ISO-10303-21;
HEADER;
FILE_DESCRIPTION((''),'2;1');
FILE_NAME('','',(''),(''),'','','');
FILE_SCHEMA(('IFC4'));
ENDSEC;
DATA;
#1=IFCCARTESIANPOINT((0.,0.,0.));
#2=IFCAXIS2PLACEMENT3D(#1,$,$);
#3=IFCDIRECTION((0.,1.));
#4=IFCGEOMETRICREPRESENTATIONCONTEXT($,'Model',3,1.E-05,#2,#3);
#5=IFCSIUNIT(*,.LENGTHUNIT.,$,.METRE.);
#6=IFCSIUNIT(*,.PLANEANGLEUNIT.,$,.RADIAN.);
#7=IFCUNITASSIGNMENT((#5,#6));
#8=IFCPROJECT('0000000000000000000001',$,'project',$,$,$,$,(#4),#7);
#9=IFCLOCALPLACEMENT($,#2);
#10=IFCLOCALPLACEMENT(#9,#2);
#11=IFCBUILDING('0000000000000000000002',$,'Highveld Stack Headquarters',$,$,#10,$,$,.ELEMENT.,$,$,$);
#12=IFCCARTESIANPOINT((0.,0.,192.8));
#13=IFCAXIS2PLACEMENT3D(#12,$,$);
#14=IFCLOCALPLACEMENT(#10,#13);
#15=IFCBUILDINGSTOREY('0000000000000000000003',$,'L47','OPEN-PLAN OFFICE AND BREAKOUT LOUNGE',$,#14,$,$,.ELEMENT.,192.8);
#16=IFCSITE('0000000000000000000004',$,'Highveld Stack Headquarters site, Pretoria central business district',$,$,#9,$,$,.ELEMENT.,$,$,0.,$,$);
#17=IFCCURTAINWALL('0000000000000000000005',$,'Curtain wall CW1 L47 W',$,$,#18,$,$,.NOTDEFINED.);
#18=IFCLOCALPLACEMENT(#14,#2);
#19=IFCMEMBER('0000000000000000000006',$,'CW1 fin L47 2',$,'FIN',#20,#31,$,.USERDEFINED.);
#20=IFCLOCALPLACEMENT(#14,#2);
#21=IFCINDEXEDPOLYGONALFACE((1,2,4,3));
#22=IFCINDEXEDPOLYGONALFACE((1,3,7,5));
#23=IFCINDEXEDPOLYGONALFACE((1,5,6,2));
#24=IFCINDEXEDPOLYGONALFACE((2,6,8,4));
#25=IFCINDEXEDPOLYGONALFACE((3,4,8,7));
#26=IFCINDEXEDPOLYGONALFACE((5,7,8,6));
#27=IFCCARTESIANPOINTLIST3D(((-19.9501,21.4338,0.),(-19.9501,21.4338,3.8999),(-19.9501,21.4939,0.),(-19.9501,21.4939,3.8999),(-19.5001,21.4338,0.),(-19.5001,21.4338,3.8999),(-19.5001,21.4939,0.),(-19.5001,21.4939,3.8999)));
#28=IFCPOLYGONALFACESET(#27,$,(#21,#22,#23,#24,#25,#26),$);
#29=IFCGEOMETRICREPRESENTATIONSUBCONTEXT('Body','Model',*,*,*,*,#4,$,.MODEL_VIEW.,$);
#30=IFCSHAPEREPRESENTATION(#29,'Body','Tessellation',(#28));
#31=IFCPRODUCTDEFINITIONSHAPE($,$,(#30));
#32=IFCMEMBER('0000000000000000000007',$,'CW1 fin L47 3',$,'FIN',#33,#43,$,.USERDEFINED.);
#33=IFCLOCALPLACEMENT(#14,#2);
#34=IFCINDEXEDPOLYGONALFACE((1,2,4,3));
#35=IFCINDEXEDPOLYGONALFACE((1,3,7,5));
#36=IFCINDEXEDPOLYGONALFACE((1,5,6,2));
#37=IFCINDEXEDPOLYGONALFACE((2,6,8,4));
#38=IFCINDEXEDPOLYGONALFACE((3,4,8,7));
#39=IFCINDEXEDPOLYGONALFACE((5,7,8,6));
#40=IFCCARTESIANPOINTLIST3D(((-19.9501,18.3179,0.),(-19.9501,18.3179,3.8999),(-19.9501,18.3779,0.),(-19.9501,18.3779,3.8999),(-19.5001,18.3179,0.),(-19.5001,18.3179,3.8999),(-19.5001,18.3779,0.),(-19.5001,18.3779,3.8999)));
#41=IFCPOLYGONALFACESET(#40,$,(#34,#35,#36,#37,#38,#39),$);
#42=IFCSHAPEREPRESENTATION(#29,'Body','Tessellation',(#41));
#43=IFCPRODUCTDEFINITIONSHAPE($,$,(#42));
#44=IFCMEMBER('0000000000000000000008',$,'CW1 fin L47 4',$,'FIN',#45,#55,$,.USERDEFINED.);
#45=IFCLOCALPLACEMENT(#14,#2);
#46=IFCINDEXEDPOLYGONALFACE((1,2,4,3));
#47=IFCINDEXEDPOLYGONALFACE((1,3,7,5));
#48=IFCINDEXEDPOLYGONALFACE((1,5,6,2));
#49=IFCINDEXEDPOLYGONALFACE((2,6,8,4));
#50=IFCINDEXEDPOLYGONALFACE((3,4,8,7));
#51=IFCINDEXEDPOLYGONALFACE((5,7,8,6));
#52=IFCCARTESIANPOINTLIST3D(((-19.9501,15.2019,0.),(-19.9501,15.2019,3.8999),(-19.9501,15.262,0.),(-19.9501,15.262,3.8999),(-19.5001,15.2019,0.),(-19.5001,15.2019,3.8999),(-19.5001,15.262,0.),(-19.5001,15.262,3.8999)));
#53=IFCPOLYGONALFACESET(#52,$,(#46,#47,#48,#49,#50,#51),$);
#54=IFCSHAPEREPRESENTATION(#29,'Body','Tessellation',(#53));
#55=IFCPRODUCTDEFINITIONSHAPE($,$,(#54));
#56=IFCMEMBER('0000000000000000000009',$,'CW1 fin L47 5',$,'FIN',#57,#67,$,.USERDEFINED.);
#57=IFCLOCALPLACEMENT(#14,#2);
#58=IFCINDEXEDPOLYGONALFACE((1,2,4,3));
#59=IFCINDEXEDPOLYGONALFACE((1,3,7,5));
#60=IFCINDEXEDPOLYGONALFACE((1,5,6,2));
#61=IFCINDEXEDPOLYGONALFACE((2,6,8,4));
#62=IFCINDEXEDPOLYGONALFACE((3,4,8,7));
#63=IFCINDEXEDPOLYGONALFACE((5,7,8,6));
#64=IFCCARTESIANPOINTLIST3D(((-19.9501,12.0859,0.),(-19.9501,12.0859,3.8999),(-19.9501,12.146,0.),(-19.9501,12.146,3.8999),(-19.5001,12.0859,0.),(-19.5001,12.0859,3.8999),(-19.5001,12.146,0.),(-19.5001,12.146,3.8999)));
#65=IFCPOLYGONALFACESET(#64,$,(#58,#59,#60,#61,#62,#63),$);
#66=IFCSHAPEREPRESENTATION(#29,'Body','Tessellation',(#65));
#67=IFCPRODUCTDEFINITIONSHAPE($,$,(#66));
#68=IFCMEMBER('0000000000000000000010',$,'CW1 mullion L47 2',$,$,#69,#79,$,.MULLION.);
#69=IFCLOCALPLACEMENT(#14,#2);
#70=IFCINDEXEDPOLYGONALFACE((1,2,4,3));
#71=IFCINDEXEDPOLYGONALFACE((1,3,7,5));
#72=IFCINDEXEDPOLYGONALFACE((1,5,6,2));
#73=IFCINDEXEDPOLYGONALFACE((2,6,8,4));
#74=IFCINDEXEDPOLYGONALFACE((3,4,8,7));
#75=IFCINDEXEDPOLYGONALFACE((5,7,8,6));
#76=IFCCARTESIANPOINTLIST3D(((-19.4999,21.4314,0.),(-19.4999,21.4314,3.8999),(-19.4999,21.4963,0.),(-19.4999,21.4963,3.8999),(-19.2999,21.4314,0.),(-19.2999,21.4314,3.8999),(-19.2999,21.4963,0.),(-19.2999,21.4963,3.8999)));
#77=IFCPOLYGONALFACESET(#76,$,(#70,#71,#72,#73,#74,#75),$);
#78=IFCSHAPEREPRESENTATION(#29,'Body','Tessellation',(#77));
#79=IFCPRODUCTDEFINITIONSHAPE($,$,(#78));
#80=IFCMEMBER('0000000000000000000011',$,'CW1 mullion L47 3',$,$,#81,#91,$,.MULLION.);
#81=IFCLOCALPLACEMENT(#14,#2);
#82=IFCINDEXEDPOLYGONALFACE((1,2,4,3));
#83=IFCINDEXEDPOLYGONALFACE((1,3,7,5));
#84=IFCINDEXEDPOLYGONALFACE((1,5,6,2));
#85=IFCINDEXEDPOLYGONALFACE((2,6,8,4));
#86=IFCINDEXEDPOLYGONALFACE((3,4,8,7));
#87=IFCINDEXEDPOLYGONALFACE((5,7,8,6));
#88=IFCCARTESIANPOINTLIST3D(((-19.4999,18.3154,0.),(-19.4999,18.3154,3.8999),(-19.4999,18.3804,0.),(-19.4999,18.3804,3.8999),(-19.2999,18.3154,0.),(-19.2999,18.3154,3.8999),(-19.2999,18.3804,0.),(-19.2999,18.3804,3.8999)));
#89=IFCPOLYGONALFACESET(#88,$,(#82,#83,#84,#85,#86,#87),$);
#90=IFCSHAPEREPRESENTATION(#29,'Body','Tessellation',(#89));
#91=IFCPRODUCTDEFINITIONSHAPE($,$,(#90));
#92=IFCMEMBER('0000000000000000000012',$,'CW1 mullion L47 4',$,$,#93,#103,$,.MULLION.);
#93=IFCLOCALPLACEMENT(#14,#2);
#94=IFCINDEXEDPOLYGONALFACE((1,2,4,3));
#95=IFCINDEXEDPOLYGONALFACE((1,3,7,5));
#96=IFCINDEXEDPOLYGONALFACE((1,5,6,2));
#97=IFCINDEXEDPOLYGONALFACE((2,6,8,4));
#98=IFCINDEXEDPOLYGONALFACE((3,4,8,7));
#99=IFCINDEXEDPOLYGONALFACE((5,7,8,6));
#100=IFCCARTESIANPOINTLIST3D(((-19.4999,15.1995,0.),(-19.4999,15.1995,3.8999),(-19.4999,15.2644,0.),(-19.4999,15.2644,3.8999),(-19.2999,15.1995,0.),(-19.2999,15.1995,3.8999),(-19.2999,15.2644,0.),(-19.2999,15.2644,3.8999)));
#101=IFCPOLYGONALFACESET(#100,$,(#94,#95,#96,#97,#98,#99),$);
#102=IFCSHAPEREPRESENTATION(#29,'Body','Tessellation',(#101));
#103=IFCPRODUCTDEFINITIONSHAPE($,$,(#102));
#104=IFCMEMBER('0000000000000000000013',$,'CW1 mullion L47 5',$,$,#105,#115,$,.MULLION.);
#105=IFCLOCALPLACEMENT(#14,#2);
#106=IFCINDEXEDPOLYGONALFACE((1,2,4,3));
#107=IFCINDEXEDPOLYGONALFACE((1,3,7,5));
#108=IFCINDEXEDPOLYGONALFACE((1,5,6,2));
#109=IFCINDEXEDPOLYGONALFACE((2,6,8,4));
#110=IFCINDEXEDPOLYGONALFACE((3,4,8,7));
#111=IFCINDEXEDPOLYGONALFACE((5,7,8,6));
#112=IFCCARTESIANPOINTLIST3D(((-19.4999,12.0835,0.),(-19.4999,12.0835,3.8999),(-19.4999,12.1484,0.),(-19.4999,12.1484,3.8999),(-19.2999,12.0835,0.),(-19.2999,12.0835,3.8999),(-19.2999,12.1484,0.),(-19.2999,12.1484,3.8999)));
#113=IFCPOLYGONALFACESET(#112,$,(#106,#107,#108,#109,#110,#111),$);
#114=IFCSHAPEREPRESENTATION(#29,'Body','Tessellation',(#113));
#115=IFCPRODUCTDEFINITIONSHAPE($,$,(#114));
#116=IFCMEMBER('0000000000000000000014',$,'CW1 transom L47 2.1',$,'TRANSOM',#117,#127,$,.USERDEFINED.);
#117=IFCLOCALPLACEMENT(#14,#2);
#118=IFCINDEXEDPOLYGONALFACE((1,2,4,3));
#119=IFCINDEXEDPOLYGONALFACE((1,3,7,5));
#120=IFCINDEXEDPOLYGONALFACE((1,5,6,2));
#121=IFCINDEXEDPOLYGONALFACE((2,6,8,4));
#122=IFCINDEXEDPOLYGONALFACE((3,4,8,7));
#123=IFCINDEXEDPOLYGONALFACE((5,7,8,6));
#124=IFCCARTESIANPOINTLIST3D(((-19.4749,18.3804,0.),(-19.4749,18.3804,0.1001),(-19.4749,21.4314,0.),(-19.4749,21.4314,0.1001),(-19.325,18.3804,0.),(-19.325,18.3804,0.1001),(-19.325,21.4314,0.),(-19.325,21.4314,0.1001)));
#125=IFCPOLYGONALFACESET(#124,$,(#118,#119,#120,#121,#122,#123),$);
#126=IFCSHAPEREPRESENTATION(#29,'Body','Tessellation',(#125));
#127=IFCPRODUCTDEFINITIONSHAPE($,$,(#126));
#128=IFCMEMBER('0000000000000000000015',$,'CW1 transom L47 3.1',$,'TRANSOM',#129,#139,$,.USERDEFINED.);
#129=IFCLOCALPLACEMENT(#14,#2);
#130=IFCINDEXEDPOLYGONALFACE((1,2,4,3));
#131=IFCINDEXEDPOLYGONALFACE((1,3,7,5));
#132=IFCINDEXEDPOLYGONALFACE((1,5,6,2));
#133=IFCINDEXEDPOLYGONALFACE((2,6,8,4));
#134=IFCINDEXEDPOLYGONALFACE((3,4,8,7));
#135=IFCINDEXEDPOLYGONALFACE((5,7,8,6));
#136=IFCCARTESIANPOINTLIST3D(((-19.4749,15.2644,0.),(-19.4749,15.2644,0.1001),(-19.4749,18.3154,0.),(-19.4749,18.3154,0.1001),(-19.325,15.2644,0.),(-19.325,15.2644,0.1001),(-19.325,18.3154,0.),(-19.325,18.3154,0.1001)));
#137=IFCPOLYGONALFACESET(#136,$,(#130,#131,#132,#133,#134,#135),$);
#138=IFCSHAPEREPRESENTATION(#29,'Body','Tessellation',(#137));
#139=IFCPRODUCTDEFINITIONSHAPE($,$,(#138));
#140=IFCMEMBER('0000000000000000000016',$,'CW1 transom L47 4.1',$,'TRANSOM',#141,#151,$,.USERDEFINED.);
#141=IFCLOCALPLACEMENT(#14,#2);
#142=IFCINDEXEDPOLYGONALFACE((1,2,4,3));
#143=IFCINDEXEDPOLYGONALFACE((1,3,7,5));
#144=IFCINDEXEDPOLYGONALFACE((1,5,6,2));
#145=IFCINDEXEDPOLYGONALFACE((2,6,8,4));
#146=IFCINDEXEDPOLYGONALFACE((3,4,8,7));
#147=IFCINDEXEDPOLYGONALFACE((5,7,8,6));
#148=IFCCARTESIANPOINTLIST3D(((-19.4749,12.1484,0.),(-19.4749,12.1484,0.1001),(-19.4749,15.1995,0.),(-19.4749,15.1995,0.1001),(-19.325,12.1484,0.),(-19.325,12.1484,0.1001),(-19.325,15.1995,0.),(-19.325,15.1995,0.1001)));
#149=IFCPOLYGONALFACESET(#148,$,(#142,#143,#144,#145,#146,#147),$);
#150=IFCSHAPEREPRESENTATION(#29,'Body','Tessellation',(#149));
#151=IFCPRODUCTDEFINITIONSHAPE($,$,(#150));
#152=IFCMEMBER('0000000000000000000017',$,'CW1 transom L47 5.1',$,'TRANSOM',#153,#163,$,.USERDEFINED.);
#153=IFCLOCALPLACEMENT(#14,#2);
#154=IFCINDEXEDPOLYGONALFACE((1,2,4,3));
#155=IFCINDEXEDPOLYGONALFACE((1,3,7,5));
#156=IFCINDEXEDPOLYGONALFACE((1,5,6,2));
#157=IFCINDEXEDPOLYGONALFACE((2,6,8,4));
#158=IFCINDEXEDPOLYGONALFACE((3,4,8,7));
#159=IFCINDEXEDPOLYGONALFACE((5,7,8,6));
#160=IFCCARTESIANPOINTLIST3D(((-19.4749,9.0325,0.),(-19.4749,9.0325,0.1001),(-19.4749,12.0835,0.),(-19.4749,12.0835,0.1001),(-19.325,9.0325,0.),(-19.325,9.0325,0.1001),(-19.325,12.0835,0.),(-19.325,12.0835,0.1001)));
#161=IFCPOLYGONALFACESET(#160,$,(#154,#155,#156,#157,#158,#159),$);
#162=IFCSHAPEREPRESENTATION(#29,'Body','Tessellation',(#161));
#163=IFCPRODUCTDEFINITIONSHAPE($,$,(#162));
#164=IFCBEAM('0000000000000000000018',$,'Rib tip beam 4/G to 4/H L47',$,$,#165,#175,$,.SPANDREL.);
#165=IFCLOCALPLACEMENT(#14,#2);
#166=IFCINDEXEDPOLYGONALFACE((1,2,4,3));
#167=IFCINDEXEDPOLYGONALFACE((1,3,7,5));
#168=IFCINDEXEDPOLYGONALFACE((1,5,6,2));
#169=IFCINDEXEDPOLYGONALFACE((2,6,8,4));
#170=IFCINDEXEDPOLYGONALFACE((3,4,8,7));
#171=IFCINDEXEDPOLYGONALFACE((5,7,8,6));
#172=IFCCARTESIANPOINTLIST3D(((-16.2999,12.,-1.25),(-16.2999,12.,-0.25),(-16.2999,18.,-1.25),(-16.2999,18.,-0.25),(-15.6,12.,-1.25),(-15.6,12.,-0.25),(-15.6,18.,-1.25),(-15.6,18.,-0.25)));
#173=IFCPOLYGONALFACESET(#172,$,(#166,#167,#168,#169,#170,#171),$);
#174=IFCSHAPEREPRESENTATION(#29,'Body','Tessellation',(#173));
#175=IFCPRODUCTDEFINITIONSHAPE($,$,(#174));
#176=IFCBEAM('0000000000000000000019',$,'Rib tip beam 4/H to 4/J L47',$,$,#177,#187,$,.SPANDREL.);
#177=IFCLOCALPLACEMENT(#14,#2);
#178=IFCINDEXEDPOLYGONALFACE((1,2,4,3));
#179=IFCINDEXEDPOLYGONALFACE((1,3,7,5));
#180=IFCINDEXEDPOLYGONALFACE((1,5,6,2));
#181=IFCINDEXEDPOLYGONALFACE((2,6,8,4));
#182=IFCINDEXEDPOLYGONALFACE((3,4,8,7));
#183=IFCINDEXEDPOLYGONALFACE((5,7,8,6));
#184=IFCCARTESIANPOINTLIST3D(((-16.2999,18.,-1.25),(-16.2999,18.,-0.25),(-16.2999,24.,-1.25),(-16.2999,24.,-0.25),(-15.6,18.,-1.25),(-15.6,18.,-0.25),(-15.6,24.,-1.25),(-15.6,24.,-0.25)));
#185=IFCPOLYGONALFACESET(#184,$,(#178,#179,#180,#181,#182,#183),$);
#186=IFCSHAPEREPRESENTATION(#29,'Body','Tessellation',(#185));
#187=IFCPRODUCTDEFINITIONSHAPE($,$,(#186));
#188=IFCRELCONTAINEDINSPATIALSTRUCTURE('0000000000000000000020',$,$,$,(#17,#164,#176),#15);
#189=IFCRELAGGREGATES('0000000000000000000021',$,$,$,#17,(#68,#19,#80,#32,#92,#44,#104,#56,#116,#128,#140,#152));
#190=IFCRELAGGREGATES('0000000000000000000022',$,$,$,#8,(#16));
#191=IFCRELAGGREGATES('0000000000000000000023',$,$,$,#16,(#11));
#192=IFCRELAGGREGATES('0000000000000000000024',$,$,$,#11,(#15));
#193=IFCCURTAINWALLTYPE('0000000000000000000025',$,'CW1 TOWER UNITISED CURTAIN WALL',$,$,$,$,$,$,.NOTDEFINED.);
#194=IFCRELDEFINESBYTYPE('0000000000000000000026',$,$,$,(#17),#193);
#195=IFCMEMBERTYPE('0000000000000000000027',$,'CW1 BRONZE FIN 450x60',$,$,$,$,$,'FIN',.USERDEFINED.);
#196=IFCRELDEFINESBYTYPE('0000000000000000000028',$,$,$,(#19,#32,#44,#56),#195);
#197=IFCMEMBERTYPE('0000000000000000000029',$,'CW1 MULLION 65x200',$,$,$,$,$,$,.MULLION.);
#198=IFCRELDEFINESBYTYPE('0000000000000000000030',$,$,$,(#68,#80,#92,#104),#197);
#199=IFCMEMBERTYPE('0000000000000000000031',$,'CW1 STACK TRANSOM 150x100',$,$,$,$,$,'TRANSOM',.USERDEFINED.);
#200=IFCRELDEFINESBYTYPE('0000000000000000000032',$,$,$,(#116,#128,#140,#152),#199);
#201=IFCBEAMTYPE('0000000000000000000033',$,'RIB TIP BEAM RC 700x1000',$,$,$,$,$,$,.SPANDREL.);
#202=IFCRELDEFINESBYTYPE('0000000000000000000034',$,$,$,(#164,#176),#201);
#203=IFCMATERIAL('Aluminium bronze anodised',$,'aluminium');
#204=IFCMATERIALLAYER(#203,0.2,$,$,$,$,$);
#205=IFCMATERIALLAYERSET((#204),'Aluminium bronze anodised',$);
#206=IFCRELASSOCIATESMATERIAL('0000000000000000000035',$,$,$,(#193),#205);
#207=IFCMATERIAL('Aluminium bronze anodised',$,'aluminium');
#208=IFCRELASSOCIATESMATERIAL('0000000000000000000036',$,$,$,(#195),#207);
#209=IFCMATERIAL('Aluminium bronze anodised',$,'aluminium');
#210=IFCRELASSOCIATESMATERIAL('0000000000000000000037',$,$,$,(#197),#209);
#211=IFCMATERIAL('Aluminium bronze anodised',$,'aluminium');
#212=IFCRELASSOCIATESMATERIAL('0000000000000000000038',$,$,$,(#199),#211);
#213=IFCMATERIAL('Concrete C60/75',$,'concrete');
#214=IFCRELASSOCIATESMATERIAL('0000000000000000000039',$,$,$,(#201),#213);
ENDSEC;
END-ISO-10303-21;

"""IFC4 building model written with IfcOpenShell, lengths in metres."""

from ifc_helpers import new_model, si_unit, direction, frame, origin, origin_2d, place, context, subcontext, project, spatial, rectangle, extrude, material, layer, layer_set, material_profile, profile_set, type_object, element, aggregate, save


model = new_model("IFC4")

# Units and contexts
model_context = context("Model", 3, precision=1e-05, world=origin(), true_north=direction((0.0, 1.0)))
body_context = subcontext(model_context, "Body", "Model", "MODEL_VIEW")
ifc_project = project(units=[si_unit("LENGTHUNIT", "METRE"), si_unit("PLANEANGLEUNIT", "RADIAN")], contexts=[model_context])

# Site, building, storey
site_placement = place(None, origin())
site = spatial("IfcSite", under=ifc_project, at=site_placement, Name="Highveld Stack Headquarters site, Pretoria central business district", CompositionType="ELEMENT", RefElevation=0.0)
building_placement = place(site_placement, origin())
building = spatial("IfcBuilding", under=site, at=building_placement, Name="Highveld Stack Headquarters", CompositionType="ELEMENT")
storey_placement = place(building_placement, frame((0.0, 0.0, 192.8)))
storey = spatial("IfcBuildingStorey", under=building, at=storey_placement, Name="L47", Description="OPEN-PLAN OFFICE AND BREAKOUT LOUNGE", CompositionType="ELEMENT", Elevation=192.8)

# Curtain wall, members
ifc_material_1 = material(Name="Aluminium bronze anodised", Category="aluminium")
ifc_layer_1 = layer(ifc_material_1, 0.2)
ifc_layer_set_1 = layer_set([ifc_layer_1], Name="Aluminium bronze anodised")
curtain_wall_type = type_object("IfcCurtainWallType", Name="CW1 TOWER UNITISED CURTAIN WALL", PredefinedType="NOTDEFINED", material=ifc_layer_set_1)
curtain_wall_placement = place(storey_placement, origin())
curtain_wall = element("IfcCurtainWall", 1, at=curtain_wall_placement, inside=storey, type_object=curtain_wall_type, Name="Curtain wall CW1 L47 W", PredefinedType="NOTDEFINED")
ifc_material_2 = material(Name="Aluminium bronze anodised", Category="aluminium")
ifc_material_profile_1 = material_profile(ifc_material_2, rectangle(XDim=0.45, YDim=0.0601, at=origin_2d()), Name="FIN 450x60")
ifc_profile_set_1 = profile_set([ifc_material_profile_1], Name="Aluminium bronze anodised")
member_type_1 = type_object("IfcMemberType", Name="CW1 BRONZE FIN 450x60", ElementType="FIN", PredefinedType="USERDEFINED", material=ifc_profile_set_1)
member_1_placement = place(storey_placement, frame((-19.7251, 21.4639, 0.0), z_axis=(0.0, 0.0, 1.0), x_axis=(1.0, 0.0, 0.0)))
member_1 = element("IfcMember", 2, at=member_1_placement, type_object=member_type_1, Name="CW1 fin L47 2", ObjectType="FIN", PredefinedType="USERDEFINED", context=body_context, shape_type="SweptSolid", body=[
    extrude(rectangle(XDim=0.45, YDim=0.0601, at=origin_2d()), origin(), (0.0, 0.0, 1.0), 3.8999),
])
member_2_placement = place(storey_placement, frame((-19.7251, 18.3479, 0.0), z_axis=(0.0, 0.0, 1.0), x_axis=(1.0, 0.0, 0.0)))
member_2 = element("IfcMember", 3, at=member_2_placement, type_object=member_type_1, Name="CW1 fin L47 3", ObjectType="FIN", PredefinedType="USERDEFINED", context=body_context, shape_type="SweptSolid", body=[
    extrude(rectangle(XDim=0.45, YDim=0.0601, at=origin_2d()), origin(), (0.0, 0.0, 1.0), 3.8999),
])
member_3_placement = place(storey_placement, frame((-19.7251, 15.2319, 0.0), z_axis=(0.0, 0.0, 1.0), x_axis=(1.0, 0.0, 0.0)))
member_3 = element("IfcMember", 4, at=member_3_placement, type_object=member_type_1, Name="CW1 fin L47 4", ObjectType="FIN", PredefinedType="USERDEFINED", context=body_context, shape_type="SweptSolid", body=[
    extrude(rectangle(XDim=0.45, YDim=0.0601, at=origin_2d()), origin(), (0.0, 0.0, 1.0), 3.8999),
])
member_4_placement = place(storey_placement, frame((-19.7251, 12.116, 0.0), z_axis=(0.0, 0.0, 1.0), x_axis=(1.0, 0.0, 0.0)))
member_4 = element("IfcMember", 5, at=member_4_placement, type_object=member_type_1, Name="CW1 fin L47 5", ObjectType="FIN", PredefinedType="USERDEFINED", context=body_context, shape_type="SweptSolid", body=[
    extrude(rectangle(XDim=0.45, YDim=0.0601, at=origin_2d()), origin(), (0.0, 0.0, 1.0), 3.8999),
])
ifc_material_3 = material(Name="Aluminium bronze anodised", Category="aluminium")
ifc_material_profile_2 = material_profile(ifc_material_3, rectangle(XDim=0.2, YDim=0.0649, at=origin_2d()), Name="CW1 MULLION 65x200")
ifc_profile_set_2 = profile_set([ifc_material_profile_2], Name="Aluminium bronze anodised")
member_type_2 = type_object("IfcMemberType", Name="CW1 MULLION 65x200", PredefinedType="MULLION", material=ifc_profile_set_2)
member_5_placement = place(storey_placement, frame((-19.3999, 21.4639, 0.0), z_axis=(0.0, 0.0, 1.0), x_axis=(1.0, 0.0, 0.0)))
member_5 = element("IfcMember", 6, at=member_5_placement, type_object=member_type_2, Name="CW1 mullion L47 2", PredefinedType="MULLION", context=body_context, shape_type="SweptSolid", body=[
    extrude(rectangle(XDim=0.2, YDim=0.0649, at=origin_2d()), origin(), (0.0, 0.0, 1.0), 3.8999),
])
member_6_placement = place(storey_placement, frame((-19.3999, 18.3479, 0.0), z_axis=(0.0, 0.0, 1.0), x_axis=(1.0, 0.0, 0.0)))
member_6 = element("IfcMember", 7, at=member_6_placement, type_object=member_type_2, Name="CW1 mullion L47 3", PredefinedType="MULLION", context=body_context, shape_type="SweptSolid", body=[
    extrude(rectangle(XDim=0.2, YDim=0.0649, at=origin_2d()), origin(), (0.0, 0.0, 1.0), 3.8999),
])
member_7_placement = place(storey_placement, frame((-19.3999, 15.2319, 0.0), z_axis=(0.0, 0.0, 1.0), x_axis=(1.0, 0.0, 0.0)))
member_7 = element("IfcMember", 8, at=member_7_placement, type_object=member_type_2, Name="CW1 mullion L47 4", PredefinedType="MULLION", context=body_context, shape_type="SweptSolid", body=[
    extrude(rectangle(XDim=0.2, YDim=0.0649, at=origin_2d()), origin(), (0.0, 0.0, 1.0), 3.8999),
])
member_8_placement = place(storey_placement, frame((-19.3999, 12.116, 0.0), z_axis=(0.0, 0.0, 1.0), x_axis=(1.0, 0.0, 0.0)))
member_8 = element("IfcMember", 9, at=member_8_placement, type_object=member_type_2, Name="CW1 mullion L47 5", PredefinedType="MULLION", context=body_context, shape_type="SweptSolid", body=[
    extrude(rectangle(XDim=0.2, YDim=0.0649, at=origin_2d()), origin(), (0.0, 0.0, 1.0), 3.8999),
])
ifc_material_4 = material(Name="Aluminium bronze anodised", Category="aluminium")
ifc_material_profile_3 = material_profile(ifc_material_4, rectangle(XDim=0.1499, YDim=0.1001, at=origin_2d()), Name="CW1 TRANSOM 150x100")
ifc_profile_set_3 = profile_set([ifc_material_profile_3], Name="Aluminium bronze anodised")
member_type_3 = type_object("IfcMemberType", Name="CW1 STACK TRANSOM 150x100", ElementType="TRANSOM", PredefinedType="USERDEFINED", material=ifc_profile_set_3)
member_9_placement = place(storey_placement, frame((-19.3999, 21.4314, 0.05), z_axis=(0.0, -1.0, 0.0), x_axis=(1.0, 0.0, 0.0)))
member_9 = element("IfcMember", 10, at=member_9_placement, type_object=member_type_3, Name="CW1 transom L47 2.1", ObjectType="TRANSOM", PredefinedType="USERDEFINED", context=body_context, shape_type="SweptSolid", body=[
    extrude(rectangle(XDim=0.1499, YDim=0.1001, at=origin_2d()), origin(), (0.0, 0.0, 1.0), 3.051),
])
member_10_placement = place(storey_placement, frame((-19.3999, 18.3154, 0.05), z_axis=(0.0, -1.0, 0.0), x_axis=(1.0, 0.0, 0.0)))
member_10 = element("IfcMember", 11, at=member_10_placement, type_object=member_type_3, Name="CW1 transom L47 3.1", ObjectType="TRANSOM", PredefinedType="USERDEFINED", context=body_context, shape_type="SweptSolid", body=[
    extrude(rectangle(XDim=0.1499, YDim=0.1001, at=origin_2d()), origin(), (0.0, 0.0, 1.0), 3.051),
])
member_11_placement = place(storey_placement, frame((-19.3999, 15.1995, 0.05), z_axis=(0.0, -1.0, 0.0), x_axis=(1.0, 0.0, 0.0)))
member_11 = element("IfcMember", 12, at=member_11_placement, type_object=member_type_3, Name="CW1 transom L47 4.1", ObjectType="TRANSOM", PredefinedType="USERDEFINED", context=body_context, shape_type="SweptSolid", body=[
    extrude(rectangle(XDim=0.1499, YDim=0.1001, at=origin_2d()), origin(), (0.0, 0.0, 1.0), 3.051),
])
member_12_placement = place(storey_placement, frame((-19.3999, 12.0835, 0.05), z_axis=(0.0, -1.0, 0.0), x_axis=(1.0, 0.0, 0.0)))
member_12 = element("IfcMember", 13, at=member_12_placement, type_object=member_type_3, Name="CW1 transom L47 5.1", ObjectType="TRANSOM", PredefinedType="USERDEFINED", context=body_context, shape_type="SweptSolid", body=[
    extrude(rectangle(XDim=0.1499, YDim=0.1001, at=origin_2d()), origin(), (0.0, 0.0, 1.0), 3.051),
])

# Beams
ifc_material_5 = material(Name="Concrete C60/75", Category="concrete")
ifc_material_profile_4 = material_profile(ifc_material_5, rectangle(XDim=0.7, YDim=1.0, at=origin_2d()), Name="RC 700x1000")
ifc_profile_set_4 = profile_set([ifc_material_profile_4], Name="Concrete C60/75")
beam_type = type_object("IfcBeamType", Name="RIB TIP BEAM RC 700x1000", PredefinedType="SPANDREL", material=ifc_profile_set_4)
for number, where, z_axis, x_axis, name in (
    (14, (-15.95, 12.0, -0.75), (0.0, 1.0, 0.0), (-1.0, 0.0, 0.0), "Rib tip beam 4/G to 4/H L47"),
    (15, (-15.95, 18.0, -0.75), (0.0, 1.0, 0.0), (-1.0, 0.0, 0.0), "Rib tip beam 4/H to 4/J L47"),
):
    element("IfcBeam", number, at=place(storey_placement, frame(where, z_axis=z_axis, x_axis=x_axis)), inside=storey, type_object=beam_type, Name=name, PredefinedType="SPANDREL", context=body_context, shape_type="SweptSolid", body=[
        extrude(rectangle(XDim=0.7, YDim=1.0, at=origin_2d()), origin(), (0.0, 0.0, 1.0), 6.0),
    ])

aggregate(curtain_wall, [member_5, member_1, member_6, member_2, member_7, member_3, member_8, member_4, member_9, member_10, member_11, member_12])

save(model, "model.ifc")
